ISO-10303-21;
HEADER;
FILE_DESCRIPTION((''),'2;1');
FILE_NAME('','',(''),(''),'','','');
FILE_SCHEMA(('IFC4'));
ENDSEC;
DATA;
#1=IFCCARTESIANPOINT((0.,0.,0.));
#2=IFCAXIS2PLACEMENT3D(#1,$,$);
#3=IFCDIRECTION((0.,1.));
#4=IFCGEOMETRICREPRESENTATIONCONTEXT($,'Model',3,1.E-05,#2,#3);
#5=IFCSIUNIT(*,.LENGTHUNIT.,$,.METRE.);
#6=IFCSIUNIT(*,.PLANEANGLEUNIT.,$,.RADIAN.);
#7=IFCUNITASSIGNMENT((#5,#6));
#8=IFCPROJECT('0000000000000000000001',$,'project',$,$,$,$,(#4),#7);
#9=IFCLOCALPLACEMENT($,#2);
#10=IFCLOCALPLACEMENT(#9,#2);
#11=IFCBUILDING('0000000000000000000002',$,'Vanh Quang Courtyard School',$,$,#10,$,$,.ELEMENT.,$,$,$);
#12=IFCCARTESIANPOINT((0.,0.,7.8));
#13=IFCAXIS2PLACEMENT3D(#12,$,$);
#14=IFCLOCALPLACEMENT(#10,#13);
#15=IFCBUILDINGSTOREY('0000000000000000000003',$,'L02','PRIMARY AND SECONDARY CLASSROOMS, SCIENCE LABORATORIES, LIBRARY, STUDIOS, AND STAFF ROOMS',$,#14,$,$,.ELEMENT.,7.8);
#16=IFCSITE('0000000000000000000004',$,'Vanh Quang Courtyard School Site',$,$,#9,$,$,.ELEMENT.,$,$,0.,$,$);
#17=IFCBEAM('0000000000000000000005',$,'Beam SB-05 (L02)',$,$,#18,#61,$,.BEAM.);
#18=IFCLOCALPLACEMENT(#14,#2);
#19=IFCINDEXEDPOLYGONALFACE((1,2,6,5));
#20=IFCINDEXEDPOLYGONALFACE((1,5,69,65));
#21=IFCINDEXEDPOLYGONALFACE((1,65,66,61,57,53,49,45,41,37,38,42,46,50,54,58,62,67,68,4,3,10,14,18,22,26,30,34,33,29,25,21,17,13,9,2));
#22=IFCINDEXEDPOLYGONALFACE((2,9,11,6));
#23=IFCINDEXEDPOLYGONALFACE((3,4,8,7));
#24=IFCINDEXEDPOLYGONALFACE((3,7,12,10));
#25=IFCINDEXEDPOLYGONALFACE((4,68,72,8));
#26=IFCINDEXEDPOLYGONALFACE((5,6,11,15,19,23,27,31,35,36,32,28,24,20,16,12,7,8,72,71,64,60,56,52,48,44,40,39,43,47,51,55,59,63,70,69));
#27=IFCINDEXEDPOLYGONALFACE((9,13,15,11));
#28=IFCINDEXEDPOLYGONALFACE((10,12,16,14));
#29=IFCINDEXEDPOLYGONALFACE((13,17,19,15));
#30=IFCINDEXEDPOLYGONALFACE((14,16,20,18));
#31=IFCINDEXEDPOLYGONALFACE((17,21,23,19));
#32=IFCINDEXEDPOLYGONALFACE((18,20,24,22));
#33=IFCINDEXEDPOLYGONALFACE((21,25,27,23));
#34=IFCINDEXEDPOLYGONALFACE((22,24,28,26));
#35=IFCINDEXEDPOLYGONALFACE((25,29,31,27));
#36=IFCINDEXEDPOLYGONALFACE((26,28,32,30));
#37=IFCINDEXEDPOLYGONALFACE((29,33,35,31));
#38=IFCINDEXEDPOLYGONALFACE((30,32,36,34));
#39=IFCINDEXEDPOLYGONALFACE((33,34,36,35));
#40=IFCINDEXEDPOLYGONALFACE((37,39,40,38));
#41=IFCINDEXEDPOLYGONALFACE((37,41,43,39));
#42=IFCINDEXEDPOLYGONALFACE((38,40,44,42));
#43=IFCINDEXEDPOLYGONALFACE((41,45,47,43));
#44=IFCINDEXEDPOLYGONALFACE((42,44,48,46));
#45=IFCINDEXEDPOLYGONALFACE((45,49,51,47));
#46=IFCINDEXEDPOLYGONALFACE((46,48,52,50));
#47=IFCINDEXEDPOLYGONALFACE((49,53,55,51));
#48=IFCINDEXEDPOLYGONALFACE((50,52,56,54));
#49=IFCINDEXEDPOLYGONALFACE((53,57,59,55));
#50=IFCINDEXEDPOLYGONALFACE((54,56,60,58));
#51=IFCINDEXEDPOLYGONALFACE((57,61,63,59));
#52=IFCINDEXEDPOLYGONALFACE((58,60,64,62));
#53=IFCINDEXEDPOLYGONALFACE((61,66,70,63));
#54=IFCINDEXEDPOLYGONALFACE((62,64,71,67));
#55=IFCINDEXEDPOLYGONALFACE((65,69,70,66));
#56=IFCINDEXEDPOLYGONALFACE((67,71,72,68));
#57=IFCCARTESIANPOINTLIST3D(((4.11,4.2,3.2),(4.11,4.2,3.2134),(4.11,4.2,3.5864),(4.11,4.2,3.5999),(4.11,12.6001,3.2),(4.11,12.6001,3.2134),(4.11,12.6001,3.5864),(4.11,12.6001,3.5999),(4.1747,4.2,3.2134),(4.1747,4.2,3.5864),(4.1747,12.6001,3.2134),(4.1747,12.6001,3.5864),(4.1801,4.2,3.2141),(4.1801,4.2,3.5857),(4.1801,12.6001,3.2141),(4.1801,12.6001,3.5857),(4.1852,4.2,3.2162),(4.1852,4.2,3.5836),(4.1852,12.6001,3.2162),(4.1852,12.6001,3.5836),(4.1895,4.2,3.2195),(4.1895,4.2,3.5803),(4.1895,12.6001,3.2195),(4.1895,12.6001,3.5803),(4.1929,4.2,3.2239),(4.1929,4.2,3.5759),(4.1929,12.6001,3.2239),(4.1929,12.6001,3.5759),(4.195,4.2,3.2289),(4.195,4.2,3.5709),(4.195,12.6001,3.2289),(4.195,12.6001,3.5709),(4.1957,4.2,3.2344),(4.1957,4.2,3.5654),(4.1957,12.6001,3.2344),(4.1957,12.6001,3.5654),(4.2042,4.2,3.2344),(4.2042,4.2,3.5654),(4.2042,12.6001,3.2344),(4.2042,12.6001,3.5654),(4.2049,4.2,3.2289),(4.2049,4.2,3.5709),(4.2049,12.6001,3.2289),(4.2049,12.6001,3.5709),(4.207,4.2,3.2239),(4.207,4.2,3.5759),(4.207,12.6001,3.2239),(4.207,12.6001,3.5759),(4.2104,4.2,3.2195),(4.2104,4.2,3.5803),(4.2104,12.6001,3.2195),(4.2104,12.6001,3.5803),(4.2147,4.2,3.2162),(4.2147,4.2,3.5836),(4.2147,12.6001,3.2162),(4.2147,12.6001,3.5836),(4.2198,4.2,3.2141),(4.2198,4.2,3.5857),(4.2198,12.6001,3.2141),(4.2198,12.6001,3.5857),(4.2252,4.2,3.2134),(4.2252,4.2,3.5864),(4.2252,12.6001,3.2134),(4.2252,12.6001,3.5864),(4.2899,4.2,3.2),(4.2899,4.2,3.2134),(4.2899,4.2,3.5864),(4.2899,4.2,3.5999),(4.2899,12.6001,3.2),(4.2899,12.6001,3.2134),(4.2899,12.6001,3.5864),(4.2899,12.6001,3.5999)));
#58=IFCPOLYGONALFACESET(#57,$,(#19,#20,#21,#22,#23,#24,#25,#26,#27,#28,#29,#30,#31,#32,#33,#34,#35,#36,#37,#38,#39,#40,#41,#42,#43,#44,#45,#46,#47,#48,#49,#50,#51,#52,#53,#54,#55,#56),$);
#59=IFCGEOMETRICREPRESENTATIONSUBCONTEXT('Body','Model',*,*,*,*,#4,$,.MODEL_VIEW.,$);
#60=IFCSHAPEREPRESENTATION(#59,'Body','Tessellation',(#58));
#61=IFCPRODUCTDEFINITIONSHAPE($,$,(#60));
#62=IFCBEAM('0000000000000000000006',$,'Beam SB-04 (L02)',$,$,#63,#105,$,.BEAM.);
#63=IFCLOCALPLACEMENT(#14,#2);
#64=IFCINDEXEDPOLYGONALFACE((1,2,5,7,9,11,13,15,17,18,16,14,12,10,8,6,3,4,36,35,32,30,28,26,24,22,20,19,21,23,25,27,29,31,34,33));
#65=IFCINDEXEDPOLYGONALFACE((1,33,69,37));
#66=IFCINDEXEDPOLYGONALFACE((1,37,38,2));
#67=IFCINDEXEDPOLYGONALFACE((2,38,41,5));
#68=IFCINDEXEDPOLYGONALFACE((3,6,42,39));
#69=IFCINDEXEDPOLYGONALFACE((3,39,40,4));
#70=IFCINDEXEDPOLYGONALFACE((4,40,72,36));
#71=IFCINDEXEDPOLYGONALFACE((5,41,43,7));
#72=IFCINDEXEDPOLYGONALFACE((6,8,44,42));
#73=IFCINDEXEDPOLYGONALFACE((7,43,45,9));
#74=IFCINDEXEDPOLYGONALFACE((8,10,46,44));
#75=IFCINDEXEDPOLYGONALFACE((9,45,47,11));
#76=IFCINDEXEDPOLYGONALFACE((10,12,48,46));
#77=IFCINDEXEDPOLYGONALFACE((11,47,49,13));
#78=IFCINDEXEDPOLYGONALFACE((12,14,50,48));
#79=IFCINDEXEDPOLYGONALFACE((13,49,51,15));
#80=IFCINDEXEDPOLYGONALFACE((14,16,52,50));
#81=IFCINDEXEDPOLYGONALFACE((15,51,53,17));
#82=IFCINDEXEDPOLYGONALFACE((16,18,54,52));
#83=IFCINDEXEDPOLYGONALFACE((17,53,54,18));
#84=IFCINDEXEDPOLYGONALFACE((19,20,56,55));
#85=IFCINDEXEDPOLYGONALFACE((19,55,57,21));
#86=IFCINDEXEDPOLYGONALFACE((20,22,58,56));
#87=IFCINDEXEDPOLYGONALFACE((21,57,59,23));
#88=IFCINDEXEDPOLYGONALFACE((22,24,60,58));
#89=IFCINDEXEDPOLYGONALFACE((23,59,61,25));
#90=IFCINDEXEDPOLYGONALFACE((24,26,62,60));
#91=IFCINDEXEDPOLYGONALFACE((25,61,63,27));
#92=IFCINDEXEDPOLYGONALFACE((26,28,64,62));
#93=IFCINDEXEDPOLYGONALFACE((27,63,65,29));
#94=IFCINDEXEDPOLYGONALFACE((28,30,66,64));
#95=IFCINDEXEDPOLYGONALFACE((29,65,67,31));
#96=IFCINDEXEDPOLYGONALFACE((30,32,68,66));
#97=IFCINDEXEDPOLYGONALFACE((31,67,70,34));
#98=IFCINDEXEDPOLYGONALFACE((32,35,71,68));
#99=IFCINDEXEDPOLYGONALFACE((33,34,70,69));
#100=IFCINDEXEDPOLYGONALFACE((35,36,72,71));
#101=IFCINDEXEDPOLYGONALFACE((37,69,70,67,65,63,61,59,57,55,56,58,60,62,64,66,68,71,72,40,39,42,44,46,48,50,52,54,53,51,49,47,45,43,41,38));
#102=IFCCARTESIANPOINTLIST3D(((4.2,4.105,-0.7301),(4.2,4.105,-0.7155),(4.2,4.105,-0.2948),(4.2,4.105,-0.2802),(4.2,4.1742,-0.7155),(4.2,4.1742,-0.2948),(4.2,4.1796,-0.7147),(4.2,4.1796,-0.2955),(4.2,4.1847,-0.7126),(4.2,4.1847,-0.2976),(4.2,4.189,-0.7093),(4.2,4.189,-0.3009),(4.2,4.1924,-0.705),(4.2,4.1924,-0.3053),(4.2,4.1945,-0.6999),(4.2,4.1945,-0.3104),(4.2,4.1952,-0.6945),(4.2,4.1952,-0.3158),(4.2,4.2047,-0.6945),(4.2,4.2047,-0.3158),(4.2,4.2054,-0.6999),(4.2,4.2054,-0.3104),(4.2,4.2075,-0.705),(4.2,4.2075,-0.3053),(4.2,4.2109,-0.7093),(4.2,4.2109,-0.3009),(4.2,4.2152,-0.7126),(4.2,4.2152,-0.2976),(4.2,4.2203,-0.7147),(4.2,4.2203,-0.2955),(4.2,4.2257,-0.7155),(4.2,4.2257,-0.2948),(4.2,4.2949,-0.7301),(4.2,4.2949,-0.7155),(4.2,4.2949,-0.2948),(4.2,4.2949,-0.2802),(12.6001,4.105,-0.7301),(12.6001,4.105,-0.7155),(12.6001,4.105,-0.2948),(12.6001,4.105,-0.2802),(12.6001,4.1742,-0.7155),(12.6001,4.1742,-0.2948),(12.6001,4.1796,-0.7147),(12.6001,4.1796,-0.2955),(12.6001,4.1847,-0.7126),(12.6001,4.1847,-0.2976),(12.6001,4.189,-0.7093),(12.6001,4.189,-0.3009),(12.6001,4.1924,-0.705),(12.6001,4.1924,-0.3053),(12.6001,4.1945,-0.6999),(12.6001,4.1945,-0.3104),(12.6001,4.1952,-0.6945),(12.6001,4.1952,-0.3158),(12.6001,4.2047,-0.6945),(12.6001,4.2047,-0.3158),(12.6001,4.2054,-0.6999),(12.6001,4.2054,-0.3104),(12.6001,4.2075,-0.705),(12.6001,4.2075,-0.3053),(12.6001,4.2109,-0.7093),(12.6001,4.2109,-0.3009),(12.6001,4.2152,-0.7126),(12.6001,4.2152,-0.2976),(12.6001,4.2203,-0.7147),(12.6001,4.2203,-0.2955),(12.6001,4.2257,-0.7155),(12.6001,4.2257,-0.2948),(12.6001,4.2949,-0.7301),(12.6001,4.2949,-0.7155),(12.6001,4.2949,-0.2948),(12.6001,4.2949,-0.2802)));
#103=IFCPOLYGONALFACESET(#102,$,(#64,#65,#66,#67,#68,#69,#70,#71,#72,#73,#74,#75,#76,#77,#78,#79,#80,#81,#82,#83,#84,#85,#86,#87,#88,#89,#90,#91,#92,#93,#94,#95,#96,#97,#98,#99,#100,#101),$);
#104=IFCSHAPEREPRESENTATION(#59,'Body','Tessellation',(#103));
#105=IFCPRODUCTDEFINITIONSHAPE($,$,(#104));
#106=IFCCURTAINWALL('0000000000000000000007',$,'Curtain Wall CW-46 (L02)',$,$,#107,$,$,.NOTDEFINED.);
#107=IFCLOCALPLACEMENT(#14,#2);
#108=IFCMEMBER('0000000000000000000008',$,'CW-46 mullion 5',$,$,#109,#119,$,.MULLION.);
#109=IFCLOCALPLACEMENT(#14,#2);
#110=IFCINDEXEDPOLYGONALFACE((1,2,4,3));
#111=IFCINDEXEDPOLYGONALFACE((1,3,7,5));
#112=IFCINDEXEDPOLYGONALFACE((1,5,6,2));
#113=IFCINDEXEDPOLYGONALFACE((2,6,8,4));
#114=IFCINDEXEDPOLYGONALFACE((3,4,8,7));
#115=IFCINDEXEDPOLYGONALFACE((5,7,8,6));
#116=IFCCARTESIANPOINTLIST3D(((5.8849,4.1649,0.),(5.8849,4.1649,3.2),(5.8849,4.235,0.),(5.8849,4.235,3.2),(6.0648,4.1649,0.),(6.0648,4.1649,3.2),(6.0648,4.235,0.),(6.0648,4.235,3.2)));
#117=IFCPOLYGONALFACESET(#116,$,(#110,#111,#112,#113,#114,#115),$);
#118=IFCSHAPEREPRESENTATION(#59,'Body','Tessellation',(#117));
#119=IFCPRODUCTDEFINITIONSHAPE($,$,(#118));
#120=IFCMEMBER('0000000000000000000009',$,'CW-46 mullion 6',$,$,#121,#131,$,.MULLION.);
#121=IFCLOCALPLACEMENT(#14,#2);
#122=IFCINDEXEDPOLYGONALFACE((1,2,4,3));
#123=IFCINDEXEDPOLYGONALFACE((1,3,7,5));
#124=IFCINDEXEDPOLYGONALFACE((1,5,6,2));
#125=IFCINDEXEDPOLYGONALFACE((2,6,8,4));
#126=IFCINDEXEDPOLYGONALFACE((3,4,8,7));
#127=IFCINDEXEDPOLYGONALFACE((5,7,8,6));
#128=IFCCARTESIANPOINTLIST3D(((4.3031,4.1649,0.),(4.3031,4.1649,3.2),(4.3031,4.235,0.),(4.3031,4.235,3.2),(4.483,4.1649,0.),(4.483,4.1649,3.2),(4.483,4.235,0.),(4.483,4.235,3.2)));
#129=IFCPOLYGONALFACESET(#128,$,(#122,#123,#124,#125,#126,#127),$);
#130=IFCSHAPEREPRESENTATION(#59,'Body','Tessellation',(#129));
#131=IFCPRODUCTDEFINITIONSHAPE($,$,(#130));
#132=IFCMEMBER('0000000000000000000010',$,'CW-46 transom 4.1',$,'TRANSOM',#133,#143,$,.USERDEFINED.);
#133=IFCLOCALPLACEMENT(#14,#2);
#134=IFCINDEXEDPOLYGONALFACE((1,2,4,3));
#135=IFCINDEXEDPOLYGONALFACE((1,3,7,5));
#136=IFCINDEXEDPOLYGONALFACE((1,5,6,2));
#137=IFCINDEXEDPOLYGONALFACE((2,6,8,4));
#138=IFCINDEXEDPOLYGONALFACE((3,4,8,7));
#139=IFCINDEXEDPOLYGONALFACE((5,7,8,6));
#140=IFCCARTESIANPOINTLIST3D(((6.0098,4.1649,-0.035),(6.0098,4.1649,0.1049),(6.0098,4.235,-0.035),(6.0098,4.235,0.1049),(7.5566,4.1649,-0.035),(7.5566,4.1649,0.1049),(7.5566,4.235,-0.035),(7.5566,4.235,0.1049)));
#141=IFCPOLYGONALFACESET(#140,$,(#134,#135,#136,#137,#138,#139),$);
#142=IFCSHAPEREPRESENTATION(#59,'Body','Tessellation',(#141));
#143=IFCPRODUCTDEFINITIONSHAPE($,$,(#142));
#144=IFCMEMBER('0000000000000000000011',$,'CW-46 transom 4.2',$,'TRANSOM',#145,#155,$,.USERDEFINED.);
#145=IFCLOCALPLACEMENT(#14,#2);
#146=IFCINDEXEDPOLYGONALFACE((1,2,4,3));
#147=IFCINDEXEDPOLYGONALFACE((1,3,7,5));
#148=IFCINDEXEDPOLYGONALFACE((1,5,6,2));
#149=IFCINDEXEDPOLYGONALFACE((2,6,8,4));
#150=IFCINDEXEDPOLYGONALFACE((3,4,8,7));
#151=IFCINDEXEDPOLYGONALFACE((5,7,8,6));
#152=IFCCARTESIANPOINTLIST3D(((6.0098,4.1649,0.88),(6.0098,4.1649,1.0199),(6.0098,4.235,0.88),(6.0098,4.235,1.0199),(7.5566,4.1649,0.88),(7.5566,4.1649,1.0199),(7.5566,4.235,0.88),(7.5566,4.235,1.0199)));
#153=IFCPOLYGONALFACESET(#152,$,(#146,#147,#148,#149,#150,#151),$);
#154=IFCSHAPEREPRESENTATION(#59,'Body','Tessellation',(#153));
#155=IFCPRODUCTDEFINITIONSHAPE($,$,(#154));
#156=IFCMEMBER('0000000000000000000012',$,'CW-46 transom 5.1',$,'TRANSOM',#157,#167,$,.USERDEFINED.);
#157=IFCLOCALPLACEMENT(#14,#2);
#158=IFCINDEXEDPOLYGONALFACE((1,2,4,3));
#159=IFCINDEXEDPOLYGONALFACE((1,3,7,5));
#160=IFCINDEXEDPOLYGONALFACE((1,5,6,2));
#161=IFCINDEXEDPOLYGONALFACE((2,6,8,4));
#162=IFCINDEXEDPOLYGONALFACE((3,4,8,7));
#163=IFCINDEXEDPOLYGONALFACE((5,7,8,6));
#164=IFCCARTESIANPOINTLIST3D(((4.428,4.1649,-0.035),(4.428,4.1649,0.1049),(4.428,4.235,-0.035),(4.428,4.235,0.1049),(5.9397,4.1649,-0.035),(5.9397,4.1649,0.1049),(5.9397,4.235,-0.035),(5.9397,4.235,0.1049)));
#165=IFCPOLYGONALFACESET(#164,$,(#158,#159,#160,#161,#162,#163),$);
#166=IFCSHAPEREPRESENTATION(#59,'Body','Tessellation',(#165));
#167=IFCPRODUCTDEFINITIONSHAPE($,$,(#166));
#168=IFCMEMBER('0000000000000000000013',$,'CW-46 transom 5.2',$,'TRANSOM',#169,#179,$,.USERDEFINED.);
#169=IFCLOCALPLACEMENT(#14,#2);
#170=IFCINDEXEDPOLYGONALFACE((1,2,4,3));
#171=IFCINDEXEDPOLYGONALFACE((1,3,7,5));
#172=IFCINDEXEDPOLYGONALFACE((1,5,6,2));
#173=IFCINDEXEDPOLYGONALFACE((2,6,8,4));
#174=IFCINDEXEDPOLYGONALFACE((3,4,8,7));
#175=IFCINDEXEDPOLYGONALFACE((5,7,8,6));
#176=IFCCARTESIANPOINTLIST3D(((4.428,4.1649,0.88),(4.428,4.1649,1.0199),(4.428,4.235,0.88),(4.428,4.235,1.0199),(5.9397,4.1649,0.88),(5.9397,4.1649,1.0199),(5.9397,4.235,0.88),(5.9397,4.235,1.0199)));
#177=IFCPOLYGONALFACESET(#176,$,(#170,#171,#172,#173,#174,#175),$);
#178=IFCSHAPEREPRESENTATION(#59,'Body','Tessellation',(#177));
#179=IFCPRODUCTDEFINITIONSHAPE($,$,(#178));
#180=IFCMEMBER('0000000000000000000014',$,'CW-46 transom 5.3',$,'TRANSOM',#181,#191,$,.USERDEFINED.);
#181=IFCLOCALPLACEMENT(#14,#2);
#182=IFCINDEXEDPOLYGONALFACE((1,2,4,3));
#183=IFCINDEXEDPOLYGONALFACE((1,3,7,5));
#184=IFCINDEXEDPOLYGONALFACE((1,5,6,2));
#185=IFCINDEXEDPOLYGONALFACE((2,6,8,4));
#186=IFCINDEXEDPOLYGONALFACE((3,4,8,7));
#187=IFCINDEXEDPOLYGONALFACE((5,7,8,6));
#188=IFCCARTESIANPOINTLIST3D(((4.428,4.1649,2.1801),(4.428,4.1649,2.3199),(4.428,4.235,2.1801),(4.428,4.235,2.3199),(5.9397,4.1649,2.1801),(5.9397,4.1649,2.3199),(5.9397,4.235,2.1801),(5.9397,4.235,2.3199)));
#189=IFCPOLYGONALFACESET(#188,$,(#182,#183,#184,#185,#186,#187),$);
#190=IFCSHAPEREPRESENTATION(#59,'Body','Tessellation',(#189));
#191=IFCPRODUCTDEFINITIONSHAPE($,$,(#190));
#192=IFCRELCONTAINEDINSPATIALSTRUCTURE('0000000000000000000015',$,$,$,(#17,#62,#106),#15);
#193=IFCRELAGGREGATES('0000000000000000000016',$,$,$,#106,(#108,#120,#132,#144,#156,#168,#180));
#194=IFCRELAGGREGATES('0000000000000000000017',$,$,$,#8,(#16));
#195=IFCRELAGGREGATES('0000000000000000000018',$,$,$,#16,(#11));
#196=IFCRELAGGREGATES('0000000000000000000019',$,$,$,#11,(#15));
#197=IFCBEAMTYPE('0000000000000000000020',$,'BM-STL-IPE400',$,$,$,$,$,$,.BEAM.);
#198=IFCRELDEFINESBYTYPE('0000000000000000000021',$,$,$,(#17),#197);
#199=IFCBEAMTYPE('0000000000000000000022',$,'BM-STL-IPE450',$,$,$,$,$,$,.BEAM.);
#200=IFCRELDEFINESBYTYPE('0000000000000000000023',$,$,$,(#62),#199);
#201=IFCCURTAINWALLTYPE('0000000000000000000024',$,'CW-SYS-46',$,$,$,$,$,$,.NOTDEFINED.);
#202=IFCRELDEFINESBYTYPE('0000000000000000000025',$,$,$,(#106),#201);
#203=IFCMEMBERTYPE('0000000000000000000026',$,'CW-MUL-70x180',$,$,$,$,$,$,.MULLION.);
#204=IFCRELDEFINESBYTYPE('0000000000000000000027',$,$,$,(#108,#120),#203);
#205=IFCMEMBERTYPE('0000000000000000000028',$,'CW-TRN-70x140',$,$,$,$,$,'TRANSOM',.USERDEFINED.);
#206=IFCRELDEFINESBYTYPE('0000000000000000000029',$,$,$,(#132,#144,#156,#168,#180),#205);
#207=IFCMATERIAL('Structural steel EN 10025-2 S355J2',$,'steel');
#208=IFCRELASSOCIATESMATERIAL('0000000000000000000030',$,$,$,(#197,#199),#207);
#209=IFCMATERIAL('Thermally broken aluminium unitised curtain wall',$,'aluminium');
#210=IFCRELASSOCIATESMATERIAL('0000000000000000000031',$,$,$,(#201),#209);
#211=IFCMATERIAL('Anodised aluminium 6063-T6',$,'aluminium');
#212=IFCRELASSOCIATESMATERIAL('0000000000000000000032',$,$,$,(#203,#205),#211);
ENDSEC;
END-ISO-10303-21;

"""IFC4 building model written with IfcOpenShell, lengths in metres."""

from ifc_helpers import new_model, si_unit, direction, frame, origin, origin_2d, place, context, subcontext, project, spatial, rectangle, i_section, extrude, material, material_profile, profile_set, type_object, element, aggregate, save


model = new_model("IFC4")

# Units and contexts
model_context = context("Model", 3, precision=1e-05, world=origin(), true_north=direction((0.0, 1.0)))
body_context = subcontext(model_context, "Body", "Model", "MODEL_VIEW")
ifc_project = project(units=[si_unit("LENGTHUNIT", "METRE"), si_unit("PLANEANGLEUNIT", "RADIAN")], contexts=[model_context])

# Site, building, storey
site_placement = place(None, origin())
site = spatial("IfcSite", under=ifc_project, at=site_placement, Name="Vanh Quang Courtyard School Site", CompositionType="ELEMENT", RefElevation=0.0)
building_placement = place(site_placement, origin())
building = spatial("IfcBuilding", under=site, at=building_placement, Name="Vanh Quang Courtyard School", CompositionType="ELEMENT")
storey_placement = place(building_placement, frame((0.0, 0.0, 7.8)))
storey = spatial("IfcBuildingStorey", under=building, at=storey_placement, Name="L02", Description="PRIMARY AND SECONDARY CLASSROOMS, SCIENCE LABORATORIES, LIBRARY, STUDIOS, AND STAFF ROOMS", CompositionType="ELEMENT", Elevation=7.8)

# Shared definitions
ifc_material_1 = material(Name="Structural steel EN 10025-2 S355J2", Category="steel")

# Beams
ifc_material_profile_1 = material_profile(ifc_material_1, i_section(OverallWidth=0.1799, OverallDepth=0.3999, WebThickness=0.0085, FlangeThickness=0.0134, FilletRadius=0.021, at=origin_2d()), Name="IPE 400")
ifc_profile_set_1 = profile_set([ifc_material_profile_1], Name="Structural steel EN 10025-2 S355J2")
beam_type_1 = type_object("IfcBeamType", Name="BM-STL-IPE400", PredefinedType="BEAM", material=ifc_profile_set_1)
for number, where, z_axis, x_axis, name in (
    (1, (4.2, 4.2, 3.3999), (0.0, 1.0, 0.0), (-1.0, 0.0, 0.0), "Beam SB-05 (L02)"),
):
    element("IfcBeam", number, at=place(storey_placement, frame(where, z_axis=z_axis, x_axis=x_axis)), inside=storey, type_object=beam_type_1, Name=name, PredefinedType="BEAM", context=body_context, shape_type="SweptSolid", body=[
        extrude(i_section(OverallWidth=0.1799, OverallDepth=0.3999, WebThickness=0.0085, FlangeThickness=0.0134, FilletRadius=0.021, at=origin_2d()), origin(), (0.0, 0.0, 1.0), 8.4001),
    ])
ifc_material_profile_2 = material_profile(ifc_material_1, i_section(OverallWidth=0.1899, OverallDepth=0.45, WebThickness=0.0095, FlangeThickness=0.0146, FilletRadius=0.021, at=origin_2d()), Name="IPE 450")
ifc_profile_set_2 = profile_set([ifc_material_profile_2], Name="Structural steel EN 10025-2 S355J2")
beam_type_2 = type_object("IfcBeamType", Name="BM-STL-IPE450", PredefinedType="BEAM", material=ifc_profile_set_2)
beam_1_placement = place(storey_placement, frame((4.2, 4.2, -0.5051), z_axis=(1.0, 0.0, 0.0), x_axis=(0.0, 1.0, 0.0)))
element("IfcBeam", 2, at=beam_1_placement, inside=storey, type_object=beam_type_2, Name="Beam SB-04 (L02)", PredefinedType="BEAM", context=body_context, shape_type="SweptSolid", body=[
    extrude(i_section(OverallWidth=0.1899, OverallDepth=0.45, WebThickness=0.0095, FlangeThickness=0.0146, FilletRadius=0.021, at=origin_2d()), origin(), (0.0, 0.0, 1.0), 8.4001),
])

# Curtain wall, members
ifc_material_2 = material(Name="Thermally broken aluminium unitised curtain wall", Category="aluminium")
curtain_wall_type = type_object("IfcCurtainWallType", Name="CW-SYS-46", PredefinedType="NOTDEFINED", material=ifc_material_2)
curtain_wall_placement = place(storey_placement, origin())
curtain_wall = element("IfcCurtainWall", 3, at=curtain_wall_placement, inside=storey, type_object=curtain_wall_type, Name="Curtain Wall CW-46 (L02)", PredefinedType="NOTDEFINED")
ifc_material_3 = material(Name="Anodised aluminium 6063-T6", Category="aluminium")
ifc_material_profile_3 = material_profile(ifc_material_3, rectangle(XDim=0.0701, YDim=0.1799, at=origin_2d()), Name="ALU-MUL 70x180")
ifc_profile_set_3 = profile_set([ifc_material_profile_3], Name="Anodised aluminium 6063-T6")
member_type_1 = type_object("IfcMemberType", Name="CW-MUL-70x180", PredefinedType="MULLION", material=ifc_profile_set_3)
member_1_placement = place(storey_placement, frame((5.9749, 4.2, 0.0), z_axis=(0.0, 0.0, 1.0), x_axis=(0.0, -1.0, 0.0)))
member_1 = element("IfcMember", 4, at=member_1_placement, type_object=member_type_1, Name="CW-46 mullion 5", PredefinedType="MULLION", context=body_context, shape_type="SweptSolid", body=[
    extrude(rectangle(XDim=0.0701, YDim=0.1799, at=origin_2d()), origin(), (0.0, 0.0, 1.0), 3.2),
])
member_2_placement = place(storey_placement, frame((4.3931, 4.2, 0.0), z_axis=(0.0, 0.0, 1.0), x_axis=(0.0, -1.0, 0.0)))
member_2 = element("IfcMember", 5, at=member_2_placement, type_object=member_type_1, Name="CW-46 mullion 6", PredefinedType="MULLION", context=body_context, shape_type="SweptSolid", body=[
    extrude(rectangle(XDim=0.0701, YDim=0.1799, at=origin_2d()), origin(), (0.0, 0.0, 1.0), 3.2),
])
ifc_material_profile_4 = material_profile(ifc_material_3, rectangle(XDim=0.0701, YDim=0.1399, at=origin_2d()), Name="ALU-TRN 70x140")
ifc_profile_set_4 = profile_set([ifc_material_profile_4], Name="Anodised aluminium 6063-T6")
member_type_2 = type_object("IfcMemberType", Name="CW-TRN-70x140", ElementType="TRANSOM", PredefinedType="USERDEFINED", material=ifc_profile_set_4)
member_3_placement = place(storey_placement, frame((7.5566, 4.2, 0.0349), z_axis=(-1.0, 0.0, 0.0), x_axis=(0.0, -1.0, 0.0)))
member_3 = element("IfcMember", 6, at=member_3_placement, type_object=member_type_2, Name="CW-46 transom 4.1", ObjectType="TRANSOM", PredefinedType="USERDEFINED", context=body_context, shape_type="SweptSolid", body=[
    extrude(rectangle(XDim=0.0701, YDim=0.1399, at=origin_2d()), origin(), (0.0, 0.0, 1.0), 1.5469),
])
member_4_placement = place(storey_placement, frame((7.5566, 4.2, 0.95), z_axis=(-1.0, 0.0, 0.0), x_axis=(0.0, -1.0, 0.0)))
member_4 = element("IfcMember", 7, at=member_4_placement, type_object=member_type_2, Name="CW-46 transom 4.2", ObjectType="TRANSOM", PredefinedType="USERDEFINED", context=body_context, shape_type="SweptSolid", body=[
    extrude(rectangle(XDim=0.0701, YDim=0.1399, at=origin_2d()), origin(), (0.0, 0.0, 1.0), 1.5469),
])
member_5_placement = place(storey_placement, frame((5.9397, 4.2, 0.0349), z_axis=(-1.0, 0.0, 0.0), x_axis=(0.0, -1.0, 0.0)))
member_5 = element("IfcMember", 8, at=member_5_placement, type_object=member_type_2, Name="CW-46 transom 5.1", ObjectType="TRANSOM", PredefinedType="USERDEFINED", context=body_context, shape_type="SweptSolid", body=[
    extrude(rectangle(XDim=0.0701, YDim=0.1399, at=origin_2d()), origin(), (0.0, 0.0, 1.0), 1.5117),
])
member_6_placement = place(storey_placement, frame((5.9397, 4.2, 0.95), z_axis=(-1.0, 0.0, 0.0), x_axis=(0.0, -1.0, 0.0)))
member_6 = element("IfcMember", 9, at=member_6_placement, type_object=member_type_2, Name="CW-46 transom 5.2", ObjectType="TRANSOM", PredefinedType="USERDEFINED", context=body_context, shape_type="SweptSolid", body=[
    extrude(rectangle(XDim=0.0701, YDim=0.1399, at=origin_2d()), origin(), (0.0, 0.0, 1.0), 1.5117),
])
member_7_placement = place(storey_placement, frame((5.9397, 4.2, 2.25), z_axis=(-1.0, 0.0, 0.0), x_axis=(0.0, -1.0, 0.0)))
member_7 = element("IfcMember", 10, at=member_7_placement, type_object=member_type_2, Name="CW-46 transom 5.3", ObjectType="TRANSOM", PredefinedType="USERDEFINED", context=body_context, shape_type="SweptSolid", body=[
    extrude(rectangle(XDim=0.0701, YDim=0.1399, at=origin_2d()), origin(), (0.0, 0.0, 1.0), 1.5117),
])
aggregate(curtain_wall, [member_1, member_2, member_3, member_4, member_5, member_6, member_7])

save(model, "model.ifc")
